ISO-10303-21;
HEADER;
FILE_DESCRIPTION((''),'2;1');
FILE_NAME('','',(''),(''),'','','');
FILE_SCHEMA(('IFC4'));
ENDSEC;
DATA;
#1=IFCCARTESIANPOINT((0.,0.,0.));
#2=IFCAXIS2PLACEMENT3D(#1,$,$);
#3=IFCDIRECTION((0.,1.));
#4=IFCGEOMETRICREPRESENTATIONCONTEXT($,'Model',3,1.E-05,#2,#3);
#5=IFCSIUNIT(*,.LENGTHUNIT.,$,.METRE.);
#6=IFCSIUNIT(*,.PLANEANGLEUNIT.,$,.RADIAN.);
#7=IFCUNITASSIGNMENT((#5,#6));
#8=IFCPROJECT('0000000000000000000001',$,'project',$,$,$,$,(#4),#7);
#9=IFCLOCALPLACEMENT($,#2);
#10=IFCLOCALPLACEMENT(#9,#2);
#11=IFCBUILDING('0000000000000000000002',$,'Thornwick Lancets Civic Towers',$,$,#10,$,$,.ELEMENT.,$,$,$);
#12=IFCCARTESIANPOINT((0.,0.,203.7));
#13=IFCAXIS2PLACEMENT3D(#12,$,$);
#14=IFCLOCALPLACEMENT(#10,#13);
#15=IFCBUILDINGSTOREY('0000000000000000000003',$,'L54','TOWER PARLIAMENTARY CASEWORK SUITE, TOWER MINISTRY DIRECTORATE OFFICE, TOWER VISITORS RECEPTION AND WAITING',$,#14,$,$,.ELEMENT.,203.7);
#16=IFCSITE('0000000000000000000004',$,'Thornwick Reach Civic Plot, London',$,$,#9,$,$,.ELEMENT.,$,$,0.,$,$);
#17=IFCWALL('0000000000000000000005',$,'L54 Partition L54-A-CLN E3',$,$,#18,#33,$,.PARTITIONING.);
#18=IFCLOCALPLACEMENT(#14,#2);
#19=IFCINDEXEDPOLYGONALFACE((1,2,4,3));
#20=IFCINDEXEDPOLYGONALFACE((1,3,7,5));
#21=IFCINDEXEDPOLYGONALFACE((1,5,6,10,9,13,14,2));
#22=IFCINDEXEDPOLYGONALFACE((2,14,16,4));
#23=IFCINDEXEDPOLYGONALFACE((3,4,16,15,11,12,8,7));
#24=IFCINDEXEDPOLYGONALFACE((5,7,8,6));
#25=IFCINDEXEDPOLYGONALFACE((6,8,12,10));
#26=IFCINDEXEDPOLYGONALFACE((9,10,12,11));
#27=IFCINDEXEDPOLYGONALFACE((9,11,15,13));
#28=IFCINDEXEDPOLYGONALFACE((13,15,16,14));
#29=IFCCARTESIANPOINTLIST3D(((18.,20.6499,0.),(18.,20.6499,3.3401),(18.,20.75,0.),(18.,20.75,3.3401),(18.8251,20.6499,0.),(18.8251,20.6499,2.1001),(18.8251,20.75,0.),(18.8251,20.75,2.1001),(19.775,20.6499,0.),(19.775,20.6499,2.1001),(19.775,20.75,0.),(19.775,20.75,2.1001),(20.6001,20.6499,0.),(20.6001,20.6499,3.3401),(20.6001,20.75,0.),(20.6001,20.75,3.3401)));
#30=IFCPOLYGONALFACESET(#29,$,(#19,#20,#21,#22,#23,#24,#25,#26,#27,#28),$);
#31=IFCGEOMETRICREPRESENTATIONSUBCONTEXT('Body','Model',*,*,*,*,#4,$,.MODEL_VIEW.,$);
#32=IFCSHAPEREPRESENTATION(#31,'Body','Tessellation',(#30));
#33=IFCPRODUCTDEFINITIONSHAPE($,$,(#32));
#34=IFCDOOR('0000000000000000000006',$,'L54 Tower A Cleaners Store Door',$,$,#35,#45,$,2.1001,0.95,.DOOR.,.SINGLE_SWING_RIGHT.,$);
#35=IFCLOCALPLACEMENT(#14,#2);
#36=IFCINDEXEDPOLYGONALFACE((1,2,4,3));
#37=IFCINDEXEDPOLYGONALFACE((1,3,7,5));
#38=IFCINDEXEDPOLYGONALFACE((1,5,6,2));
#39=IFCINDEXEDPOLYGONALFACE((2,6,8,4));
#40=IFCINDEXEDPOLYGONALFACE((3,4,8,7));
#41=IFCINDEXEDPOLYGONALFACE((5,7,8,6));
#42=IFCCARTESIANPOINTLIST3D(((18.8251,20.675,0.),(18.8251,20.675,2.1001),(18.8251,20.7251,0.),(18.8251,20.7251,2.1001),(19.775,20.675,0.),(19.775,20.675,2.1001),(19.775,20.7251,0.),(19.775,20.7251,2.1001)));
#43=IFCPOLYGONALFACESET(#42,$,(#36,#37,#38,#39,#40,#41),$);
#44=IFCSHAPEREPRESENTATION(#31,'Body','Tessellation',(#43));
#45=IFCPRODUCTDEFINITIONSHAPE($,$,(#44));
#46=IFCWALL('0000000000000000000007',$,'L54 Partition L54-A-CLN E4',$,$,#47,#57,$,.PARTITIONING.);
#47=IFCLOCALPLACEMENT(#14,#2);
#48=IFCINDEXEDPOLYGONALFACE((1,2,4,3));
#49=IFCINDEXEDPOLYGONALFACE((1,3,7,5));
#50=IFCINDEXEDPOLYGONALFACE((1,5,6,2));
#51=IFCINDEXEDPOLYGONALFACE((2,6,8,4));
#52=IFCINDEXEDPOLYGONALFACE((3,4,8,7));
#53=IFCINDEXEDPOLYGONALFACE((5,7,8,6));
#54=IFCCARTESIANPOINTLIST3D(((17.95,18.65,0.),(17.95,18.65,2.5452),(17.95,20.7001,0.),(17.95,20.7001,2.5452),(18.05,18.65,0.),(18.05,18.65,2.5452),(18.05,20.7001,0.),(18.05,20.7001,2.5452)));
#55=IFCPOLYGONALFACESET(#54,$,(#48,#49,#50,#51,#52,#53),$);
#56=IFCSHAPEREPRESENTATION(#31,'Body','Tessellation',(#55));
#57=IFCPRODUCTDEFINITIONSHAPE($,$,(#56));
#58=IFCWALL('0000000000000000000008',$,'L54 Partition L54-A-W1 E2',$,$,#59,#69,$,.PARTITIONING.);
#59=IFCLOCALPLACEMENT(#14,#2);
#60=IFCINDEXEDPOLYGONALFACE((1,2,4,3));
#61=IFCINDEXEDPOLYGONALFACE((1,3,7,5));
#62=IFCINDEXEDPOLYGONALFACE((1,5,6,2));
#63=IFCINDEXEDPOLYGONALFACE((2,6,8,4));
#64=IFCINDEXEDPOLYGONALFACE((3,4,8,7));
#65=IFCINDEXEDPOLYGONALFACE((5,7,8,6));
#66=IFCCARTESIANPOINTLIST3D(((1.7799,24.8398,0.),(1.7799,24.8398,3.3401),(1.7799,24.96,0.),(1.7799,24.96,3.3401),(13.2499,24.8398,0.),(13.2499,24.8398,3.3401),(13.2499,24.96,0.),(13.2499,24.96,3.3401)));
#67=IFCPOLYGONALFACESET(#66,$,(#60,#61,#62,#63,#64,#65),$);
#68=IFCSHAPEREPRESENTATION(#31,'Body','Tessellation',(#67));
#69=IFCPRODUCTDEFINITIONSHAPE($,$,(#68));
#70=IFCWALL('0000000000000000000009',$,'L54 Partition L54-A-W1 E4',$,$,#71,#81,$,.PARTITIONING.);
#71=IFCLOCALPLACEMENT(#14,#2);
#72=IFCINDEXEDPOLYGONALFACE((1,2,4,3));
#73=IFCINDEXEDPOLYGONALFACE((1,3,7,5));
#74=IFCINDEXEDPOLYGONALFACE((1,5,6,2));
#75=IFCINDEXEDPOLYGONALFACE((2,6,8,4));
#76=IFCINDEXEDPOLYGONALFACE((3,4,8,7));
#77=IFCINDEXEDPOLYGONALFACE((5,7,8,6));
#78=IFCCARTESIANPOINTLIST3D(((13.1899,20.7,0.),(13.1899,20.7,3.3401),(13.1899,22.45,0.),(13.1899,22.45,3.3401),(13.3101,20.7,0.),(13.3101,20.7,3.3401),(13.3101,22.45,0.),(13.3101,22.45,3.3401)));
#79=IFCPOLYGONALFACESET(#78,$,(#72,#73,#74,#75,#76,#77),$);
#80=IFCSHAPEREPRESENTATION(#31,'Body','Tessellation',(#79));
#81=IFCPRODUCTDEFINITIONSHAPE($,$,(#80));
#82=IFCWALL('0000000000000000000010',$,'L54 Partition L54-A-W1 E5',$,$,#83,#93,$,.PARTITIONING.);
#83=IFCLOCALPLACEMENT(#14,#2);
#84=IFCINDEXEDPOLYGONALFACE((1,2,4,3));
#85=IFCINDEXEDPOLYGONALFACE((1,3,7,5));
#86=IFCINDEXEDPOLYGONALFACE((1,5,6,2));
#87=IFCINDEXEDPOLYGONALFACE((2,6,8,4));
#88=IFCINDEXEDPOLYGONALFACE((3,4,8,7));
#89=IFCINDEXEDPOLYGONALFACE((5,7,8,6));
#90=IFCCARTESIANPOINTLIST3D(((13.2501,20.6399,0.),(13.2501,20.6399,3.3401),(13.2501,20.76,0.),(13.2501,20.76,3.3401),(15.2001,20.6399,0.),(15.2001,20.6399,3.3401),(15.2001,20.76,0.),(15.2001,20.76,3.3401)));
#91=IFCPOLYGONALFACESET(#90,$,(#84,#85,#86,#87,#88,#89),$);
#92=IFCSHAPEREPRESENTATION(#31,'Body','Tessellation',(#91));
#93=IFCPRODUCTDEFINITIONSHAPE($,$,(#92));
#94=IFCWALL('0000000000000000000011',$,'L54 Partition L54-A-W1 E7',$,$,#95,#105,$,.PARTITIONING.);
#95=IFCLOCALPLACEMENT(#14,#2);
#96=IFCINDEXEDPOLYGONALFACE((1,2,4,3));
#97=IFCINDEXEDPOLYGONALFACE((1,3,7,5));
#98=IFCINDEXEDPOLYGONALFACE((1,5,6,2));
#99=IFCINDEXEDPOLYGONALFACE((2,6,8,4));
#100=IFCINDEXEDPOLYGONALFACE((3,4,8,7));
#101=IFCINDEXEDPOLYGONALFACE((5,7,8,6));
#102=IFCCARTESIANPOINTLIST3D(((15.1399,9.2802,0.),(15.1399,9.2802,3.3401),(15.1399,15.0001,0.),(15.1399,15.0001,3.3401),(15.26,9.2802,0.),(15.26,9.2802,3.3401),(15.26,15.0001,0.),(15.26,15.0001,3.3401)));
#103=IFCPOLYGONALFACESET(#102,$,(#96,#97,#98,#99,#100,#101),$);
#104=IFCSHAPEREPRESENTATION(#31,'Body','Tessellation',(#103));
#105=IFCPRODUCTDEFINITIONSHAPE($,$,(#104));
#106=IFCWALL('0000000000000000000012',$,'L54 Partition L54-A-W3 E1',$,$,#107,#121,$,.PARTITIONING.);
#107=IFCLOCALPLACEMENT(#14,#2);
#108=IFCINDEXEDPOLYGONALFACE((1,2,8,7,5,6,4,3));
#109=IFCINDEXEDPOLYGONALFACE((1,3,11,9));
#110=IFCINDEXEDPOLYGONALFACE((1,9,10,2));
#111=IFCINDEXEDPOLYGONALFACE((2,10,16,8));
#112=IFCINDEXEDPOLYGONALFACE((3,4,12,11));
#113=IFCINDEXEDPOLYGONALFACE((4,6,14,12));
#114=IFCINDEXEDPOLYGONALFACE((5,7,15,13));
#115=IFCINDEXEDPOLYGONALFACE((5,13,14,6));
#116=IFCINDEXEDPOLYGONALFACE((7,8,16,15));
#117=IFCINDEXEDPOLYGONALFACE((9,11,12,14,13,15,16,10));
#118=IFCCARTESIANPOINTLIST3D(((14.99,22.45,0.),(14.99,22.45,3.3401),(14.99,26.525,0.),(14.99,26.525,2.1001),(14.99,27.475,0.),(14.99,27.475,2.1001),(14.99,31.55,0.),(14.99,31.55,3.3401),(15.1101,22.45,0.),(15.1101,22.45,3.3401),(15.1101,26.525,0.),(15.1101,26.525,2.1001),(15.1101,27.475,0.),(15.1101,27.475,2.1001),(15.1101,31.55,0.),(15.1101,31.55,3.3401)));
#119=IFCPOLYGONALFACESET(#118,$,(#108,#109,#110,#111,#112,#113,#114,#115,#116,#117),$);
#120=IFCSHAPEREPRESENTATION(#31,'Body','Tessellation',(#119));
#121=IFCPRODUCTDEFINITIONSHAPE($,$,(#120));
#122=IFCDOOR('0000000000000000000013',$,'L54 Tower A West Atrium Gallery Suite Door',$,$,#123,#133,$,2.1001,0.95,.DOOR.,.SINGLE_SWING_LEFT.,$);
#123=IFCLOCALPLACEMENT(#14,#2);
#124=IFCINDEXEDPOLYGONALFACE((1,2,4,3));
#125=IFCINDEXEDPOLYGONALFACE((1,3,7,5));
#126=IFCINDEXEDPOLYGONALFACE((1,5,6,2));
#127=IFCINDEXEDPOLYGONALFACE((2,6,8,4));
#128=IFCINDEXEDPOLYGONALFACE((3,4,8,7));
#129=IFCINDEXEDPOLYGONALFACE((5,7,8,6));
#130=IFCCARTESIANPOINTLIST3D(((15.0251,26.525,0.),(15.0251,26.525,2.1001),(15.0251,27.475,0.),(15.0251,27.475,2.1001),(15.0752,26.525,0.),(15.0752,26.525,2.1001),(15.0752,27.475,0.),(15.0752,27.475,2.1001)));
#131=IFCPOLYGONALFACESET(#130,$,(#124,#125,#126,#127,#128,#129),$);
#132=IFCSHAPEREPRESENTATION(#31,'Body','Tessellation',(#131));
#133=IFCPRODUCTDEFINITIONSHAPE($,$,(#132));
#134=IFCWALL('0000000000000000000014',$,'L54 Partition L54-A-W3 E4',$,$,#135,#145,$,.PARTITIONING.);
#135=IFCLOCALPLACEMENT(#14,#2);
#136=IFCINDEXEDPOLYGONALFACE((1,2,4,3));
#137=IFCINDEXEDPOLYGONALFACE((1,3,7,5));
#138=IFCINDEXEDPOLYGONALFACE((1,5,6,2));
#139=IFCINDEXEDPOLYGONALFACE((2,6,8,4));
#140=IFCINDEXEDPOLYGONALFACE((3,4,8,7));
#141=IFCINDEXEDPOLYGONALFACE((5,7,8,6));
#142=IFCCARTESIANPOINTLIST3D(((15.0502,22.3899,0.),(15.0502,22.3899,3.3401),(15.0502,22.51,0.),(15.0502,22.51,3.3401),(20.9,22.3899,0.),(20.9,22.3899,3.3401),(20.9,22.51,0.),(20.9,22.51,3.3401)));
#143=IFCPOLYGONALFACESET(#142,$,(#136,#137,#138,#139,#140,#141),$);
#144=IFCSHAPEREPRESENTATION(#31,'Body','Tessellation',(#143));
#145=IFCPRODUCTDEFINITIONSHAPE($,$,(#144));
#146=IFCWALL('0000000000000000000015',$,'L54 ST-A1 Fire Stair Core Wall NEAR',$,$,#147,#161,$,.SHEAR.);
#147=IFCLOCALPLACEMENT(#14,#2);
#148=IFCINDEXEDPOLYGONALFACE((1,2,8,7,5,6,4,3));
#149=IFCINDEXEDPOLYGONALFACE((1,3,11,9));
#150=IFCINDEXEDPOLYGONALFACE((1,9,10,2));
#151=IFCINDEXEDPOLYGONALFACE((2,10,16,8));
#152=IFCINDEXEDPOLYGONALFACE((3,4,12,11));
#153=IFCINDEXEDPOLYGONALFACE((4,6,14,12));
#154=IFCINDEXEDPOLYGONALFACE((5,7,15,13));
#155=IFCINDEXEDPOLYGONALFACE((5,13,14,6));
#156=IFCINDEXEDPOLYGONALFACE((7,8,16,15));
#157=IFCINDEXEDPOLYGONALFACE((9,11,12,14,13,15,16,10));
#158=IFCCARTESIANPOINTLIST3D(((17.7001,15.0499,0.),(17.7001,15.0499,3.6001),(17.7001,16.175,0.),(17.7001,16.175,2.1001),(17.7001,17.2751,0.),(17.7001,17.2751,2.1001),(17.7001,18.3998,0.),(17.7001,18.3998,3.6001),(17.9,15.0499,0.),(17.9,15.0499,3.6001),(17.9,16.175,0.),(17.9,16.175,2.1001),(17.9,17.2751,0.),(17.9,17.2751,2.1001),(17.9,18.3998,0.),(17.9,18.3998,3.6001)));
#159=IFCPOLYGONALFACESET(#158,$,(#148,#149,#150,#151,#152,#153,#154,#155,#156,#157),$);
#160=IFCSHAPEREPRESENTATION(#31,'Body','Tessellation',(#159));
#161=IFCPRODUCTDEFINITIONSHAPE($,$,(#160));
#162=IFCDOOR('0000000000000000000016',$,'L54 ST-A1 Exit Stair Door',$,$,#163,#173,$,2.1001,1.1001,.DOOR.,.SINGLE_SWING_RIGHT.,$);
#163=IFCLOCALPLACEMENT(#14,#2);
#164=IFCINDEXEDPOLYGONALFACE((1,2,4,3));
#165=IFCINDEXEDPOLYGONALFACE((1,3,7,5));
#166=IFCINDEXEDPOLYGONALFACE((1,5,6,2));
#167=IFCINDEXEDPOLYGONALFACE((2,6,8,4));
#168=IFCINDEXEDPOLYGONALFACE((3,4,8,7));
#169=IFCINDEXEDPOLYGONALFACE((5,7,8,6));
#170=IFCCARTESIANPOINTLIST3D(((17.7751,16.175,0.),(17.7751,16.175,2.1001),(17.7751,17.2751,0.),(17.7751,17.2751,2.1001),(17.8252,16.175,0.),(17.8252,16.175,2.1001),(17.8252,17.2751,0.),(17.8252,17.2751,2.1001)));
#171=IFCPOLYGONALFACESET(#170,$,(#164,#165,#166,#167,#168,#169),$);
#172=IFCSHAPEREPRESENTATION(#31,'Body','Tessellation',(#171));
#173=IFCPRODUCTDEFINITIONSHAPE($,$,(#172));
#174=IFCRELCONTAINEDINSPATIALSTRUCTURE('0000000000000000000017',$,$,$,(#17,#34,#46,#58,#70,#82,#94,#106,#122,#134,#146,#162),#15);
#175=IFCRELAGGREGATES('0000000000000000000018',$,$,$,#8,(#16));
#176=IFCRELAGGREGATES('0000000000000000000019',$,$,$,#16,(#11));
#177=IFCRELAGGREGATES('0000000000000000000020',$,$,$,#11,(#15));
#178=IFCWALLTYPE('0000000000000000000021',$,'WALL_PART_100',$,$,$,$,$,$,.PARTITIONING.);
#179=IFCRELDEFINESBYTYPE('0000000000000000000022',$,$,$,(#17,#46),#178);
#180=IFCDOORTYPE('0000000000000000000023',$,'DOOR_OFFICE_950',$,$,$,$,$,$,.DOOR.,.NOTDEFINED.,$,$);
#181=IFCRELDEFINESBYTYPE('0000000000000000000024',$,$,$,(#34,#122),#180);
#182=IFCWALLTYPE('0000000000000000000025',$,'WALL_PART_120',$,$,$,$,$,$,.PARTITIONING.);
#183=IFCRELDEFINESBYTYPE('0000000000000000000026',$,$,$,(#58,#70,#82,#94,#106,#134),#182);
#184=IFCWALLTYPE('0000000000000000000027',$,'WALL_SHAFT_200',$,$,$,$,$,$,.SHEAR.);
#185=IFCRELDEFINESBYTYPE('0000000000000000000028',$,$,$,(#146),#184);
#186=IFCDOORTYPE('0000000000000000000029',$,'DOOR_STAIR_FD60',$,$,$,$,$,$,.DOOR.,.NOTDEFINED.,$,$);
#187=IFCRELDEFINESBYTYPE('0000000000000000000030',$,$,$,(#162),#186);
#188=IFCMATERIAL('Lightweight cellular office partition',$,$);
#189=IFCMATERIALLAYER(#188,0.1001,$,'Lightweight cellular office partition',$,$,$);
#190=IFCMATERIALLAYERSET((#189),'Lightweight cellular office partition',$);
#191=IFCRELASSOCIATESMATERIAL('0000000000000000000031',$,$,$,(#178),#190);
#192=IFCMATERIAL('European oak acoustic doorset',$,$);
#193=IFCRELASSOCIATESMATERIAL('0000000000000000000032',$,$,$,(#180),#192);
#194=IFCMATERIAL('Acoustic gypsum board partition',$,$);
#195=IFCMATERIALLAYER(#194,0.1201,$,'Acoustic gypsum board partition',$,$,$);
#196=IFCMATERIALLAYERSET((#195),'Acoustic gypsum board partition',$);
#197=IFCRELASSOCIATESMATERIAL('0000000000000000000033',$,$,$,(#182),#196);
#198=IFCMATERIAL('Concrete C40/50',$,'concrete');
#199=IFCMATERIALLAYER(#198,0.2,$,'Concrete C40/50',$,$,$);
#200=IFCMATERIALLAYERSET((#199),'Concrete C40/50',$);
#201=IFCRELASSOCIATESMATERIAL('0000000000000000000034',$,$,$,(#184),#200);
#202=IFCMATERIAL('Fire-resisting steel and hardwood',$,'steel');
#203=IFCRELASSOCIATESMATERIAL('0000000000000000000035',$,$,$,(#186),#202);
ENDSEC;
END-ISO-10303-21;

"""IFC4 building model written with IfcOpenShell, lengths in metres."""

from ifc_helpers import new_model, si_unit, direction, frame, frame_2d, origin, place, context, subcontext, project, spatial, rectangle, extrude, material, layer, layer_set, type_object, element, fill, save


model = new_model("IFC4")

# Units and contexts
model_context = context("Model", 3, precision=1e-05, world=origin(), true_north=direction((0.0, 1.0)))
body_context = subcontext(model_context, "Body", "Model", "MODEL_VIEW")
ifc_project = project(units=[si_unit("LENGTHUNIT", "METRE"), si_unit("PLANEANGLEUNIT", "RADIAN")], contexts=[model_context])

# Site, building, storey
site_placement = place(None, origin())
site = spatial("IfcSite", under=ifc_project, at=site_placement, Name="Thornwick Reach Civic Plot, London", CompositionType="ELEMENT", RefElevation=0.0)
building_placement = place(site_placement, origin())
building = spatial("IfcBuilding", under=site, at=building_placement, Name="Thornwick Lancets Civic Towers", CompositionType="ELEMENT")
storey_placement = place(building_placement, frame((0.0, 0.0, 203.7)))
storey = spatial("IfcBuildingStorey", under=building, at=storey_placement, Name="L54", Description="TOWER PARLIAMENTARY CASEWORK SUITE, TOWER MINISTRY DIRECTORATE OFFICE, TOWER VISITORS RECEPTION AND WAITING", CompositionType="ELEMENT", Elevation=203.7)

# Shared definitions
ifc_material_1 = material(Name="Lightweight cellular office partition")
ifc_layer_1 = layer(ifc_material_1, 0.1001, Name="Lightweight cellular office partition")
ifc_layer_set_1 = layer_set([ifc_layer_1], Name="Lightweight cellular office partition")
wall_type_1 = type_object("IfcWallType", Name="WALL_PART_100", PredefinedType="PARTITIONING", material=ifc_layer_set_1)

# Wall, opening, door
wall_1_placement = place(storey_placement, frame((20.6001, 20.7, 0.0), z_axis=(0.0, 0.0, 1.0), x_axis=(-1.0, 0.0, 0.0)))
wall_1 = element("IfcWall", 1, at=wall_1_placement, inside=storey, type_object=wall_type_1, Name="L54 Partition L54-A-CLN E3", PredefinedType="PARTITIONING", context=body_context, shape_type="SweptSolid", body=[
    extrude(rectangle(XDim=2.6001, YDim=0.1001, at=frame_2d((1.3, 0.0))), origin(), (0.0, 0.0, 1.0), 3.3401),
])
opening_1_placement = place(wall_1_placement, frame((0.825, 0.0, 0.0)))
opening_1 = element("IfcOpeningElement", 2, at=opening_1_placement, cuts=wall_1, PredefinedType="OPENING", context=body_context, shape_type="SweptSolid", body=[
    extrude(rectangle(XDim=0.95, YDim=2.1001, at=frame_2d((0.4751, 1.05))), frame((0.0, 0.0601, 0.0), z_axis=(0.0, -1.0, 0.0), x_axis=(1.0, 0.0, 0.0)), (0.0, 0.0, 1.0), 0.1201),
])
ifc_material_2 = material(Name="European oak acoustic doorset")
door_type_1 = type_object("IfcDoorType", Name="DOOR_OFFICE_950", OperationType="NOTDEFINED", PredefinedType="DOOR", material=ifc_material_2)
door_1_placement = place(opening_1_placement, origin())
door_1 = element("IfcDoor", 3, at=door_1_placement, inside=storey, type_object=door_type_1, Name="L54 Tower A Cleaners Store Door", OperationType="SINGLE_SWING_RIGHT", OverallHeight=2.1001, OverallWidth=0.95, PredefinedType="DOOR", context=body_context, shape_type="SweptSolid", body=[
    extrude(rectangle(XDim=0.95, YDim=2.1001, at=frame_2d((0.4751, 1.05))), frame((0.0, 0.0249, 0.0), z_axis=(0.0, -1.0, 0.0), x_axis=(1.0, 0.0, 0.0)), (0.0, 0.0, 1.0), 0.05),
])
fill(opening_1, door_1)

# Walls
wall_2_placement = place(storey_placement, frame((18.0, 20.7, 0.0), z_axis=(0.0, 0.0, 1.0), x_axis=(0.0, -1.0, 0.0)))
element("IfcWall", 4, at=wall_2_placement, inside=storey, type_object=wall_type_1, Name="L54 Partition L54-A-CLN E4", PredefinedType="PARTITIONING", context=body_context, shape_type="SweptSolid", body=[
    extrude(rectangle(XDim=2.05, YDim=0.1001, at=frame_2d((1.0249, 0.0))), origin(), (0.0, 0.0, 1.0), 2.5452),
])
ifc_material_3 = material(Name="Acoustic gypsum board partition")
ifc_layer_2 = layer(ifc_material_3, 0.1201, Name="Acoustic gypsum board partition")
ifc_layer_set_2 = layer_set([ifc_layer_2], Name="Acoustic gypsum board partition")
wall_type_2 = type_object("IfcWallType", Name="WALL_PART_120", PredefinedType="PARTITIONING", material=ifc_layer_set_2)
wall_3_placement = place(storey_placement, frame((1.78, 24.8999, 0.0), z_axis=(0.0, 0.0, 1.0), x_axis=(1.0, 0.0, 0.0)))
element("IfcWall", 5, at=wall_3_placement, inside=storey, type_object=wall_type_2, Name="L54 Partition L54-A-W1 E2", PredefinedType="PARTITIONING", context=body_context, shape_type="SweptSolid", body=[
    extrude(rectangle(XDim=11.47, YDim=0.1201, at=frame_2d((5.7349, 0.0))), origin(), (0.0, 0.0, 1.0), 3.3401),
])
wall_4_placement = place(storey_placement, frame((13.25, 22.45, 0.0), z_axis=(0.0, 0.0, 1.0), x_axis=(0.0, -1.0, 0.0)))
element("IfcWall", 6, at=wall_4_placement, inside=storey, type_object=wall_type_2, Name="L54 Partition L54-A-W1 E4", PredefinedType="PARTITIONING", context=body_context, shape_type="SweptSolid", body=[
    extrude(rectangle(XDim=1.75, YDim=0.1201, at=frame_2d((0.875, 0.0))), origin(), (0.0, 0.0, 1.0), 3.3401),
])
wall_5_placement = place(storey_placement, frame((13.25, 20.7, 0.0), z_axis=(0.0, 0.0, 1.0), x_axis=(1.0, 0.0, 0.0)))
element("IfcWall", 7, at=wall_5_placement, inside=storey, type_object=wall_type_2, Name="L54 Partition L54-A-W1 E5", PredefinedType="PARTITIONING", context=body_context, shape_type="SweptSolid", body=[
    extrude(rectangle(XDim=1.95, YDim=0.1201, at=frame_2d((0.9751, 0.0))), origin(), (0.0, 0.0, 1.0), 3.3401),
])
wall_6_placement = place(storey_placement, frame((15.2, 15.0, 0.0), z_axis=(0.0, 0.0, 1.0), x_axis=(0.0, -1.0, 0.0)))
element("IfcWall", 8, at=wall_6_placement, inside=storey, type_object=wall_type_2, Name="L54 Partition L54-A-W1 E7", PredefinedType="PARTITIONING", context=body_context, shape_type="SweptSolid", body=[
    extrude(rectangle(XDim=5.72, YDim=0.1201, at=frame_2d((2.8599, 0.0))), origin(), (0.0, 0.0, 1.0), 3.3401),
])

# Wall, opening, door
wall_7_placement = place(storey_placement, frame((15.05, 22.45, 0.0), z_axis=(0.0, 0.0, 1.0), x_axis=(0.0, 1.0, 0.0)))
wall_7 = element("IfcWall", 9, at=wall_7_placement, inside=storey, type_object=wall_type_2, Name="L54 Partition L54-A-W3 E1", PredefinedType="PARTITIONING", context=body_context, shape_type="SweptSolid", body=[
    extrude(rectangle(XDim=9.1001, YDim=0.1201, at=frame_2d((4.55, 0.0))), origin(), (0.0, 0.0, 1.0), 3.3401),
])
opening_2_placement = place(wall_7_placement, frame((4.075, 0.0, 0.0)))
opening_2 = element("IfcOpeningElement", 10, at=opening_2_placement, cuts=wall_7, PredefinedType="OPENING", context=body_context, shape_type="SweptSolid", body=[
    extrude(rectangle(XDim=0.95, YDim=2.1001, at=frame_2d((0.4751, 1.05))), frame((0.0, 0.0701, 0.0), z_axis=(0.0, -1.0, 0.0), x_axis=(1.0, 0.0, 0.0)), (0.0, 0.0, 1.0), 0.1401),
])
door_2_placement = place(opening_2_placement, origin())
door_2 = element("IfcDoor", 11, at=door_2_placement, inside=storey, type_object=door_type_1, Name="L54 Tower A West Atrium Gallery Suite Door", OperationType="SINGLE_SWING_LEFT", OverallHeight=2.1001, OverallWidth=0.95, PredefinedType="DOOR", context=body_context, shape_type="SweptSolid", body=[
    extrude(rectangle(XDim=0.95, YDim=2.1001, at=frame_2d((0.4751, 1.05))), frame((0.0, 0.0249, 0.0), z_axis=(0.0, -1.0, 0.0), x_axis=(1.0, 0.0, 0.0)), (0.0, 0.0, 1.0), 0.05),
])
fill(opening_2, door_2)

# Wall
wall_8_placement = place(storey_placement, frame((20.8999, 22.45, 0.0), z_axis=(0.0, 0.0, 1.0), x_axis=(-1.0, 0.0, 0.0)))
element("IfcWall", 12, at=wall_8_placement, inside=storey, type_object=wall_type_2, Name="L54 Partition L54-A-W3 E4", PredefinedType="PARTITIONING", context=body_context, shape_type="SweptSolid", body=[
    extrude(rectangle(XDim=5.8499, YDim=0.1201, at=frame_2d((2.9248, 0.0))), origin(), (0.0, 0.0, 1.0), 3.3401),
])

# Wall, opening, door
ifc_material_4 = material(Name="Concrete C40/50", Category="concrete")
ifc_layer_3 = layer(ifc_material_4, 0.2, Name="Concrete C40/50")
ifc_layer_set_3 = layer_set([ifc_layer_3], Name="Concrete C40/50")
wall_type_3 = type_object("IfcWallType", Name="WALL_SHAFT_200", PredefinedType="SHEAR", material=ifc_layer_set_3)
wall_9_placement = place(storey_placement, frame((17.8, 15.05, 0.0), z_axis=(0.0, 0.0, 1.0), x_axis=(0.0, 1.0, 0.0)))
wall_9 = element("IfcWall", 13, at=wall_9_placement, inside=storey, type_object=wall_type_3, Name="L54 ST-A1 Fire Stair Core Wall NEAR", PredefinedType="SHEAR", context=body_context, shape_type="SweptSolid", body=[
    extrude(rectangle(XDim=3.3499, YDim=0.2, at=frame_2d((1.6748, 0.0))), origin(), (0.0, 0.0, 1.0), 3.6001),
])
opening_3_placement = place(wall_9_placement, frame((1.125, 0.0, 0.0)))
opening_3 = element("IfcOpeningElement", 14, at=opening_3_placement, cuts=wall_9, PredefinedType="OPENING", context=body_context, shape_type="SweptSolid", body=[
    extrude(rectangle(XDim=1.1001, YDim=2.1001, at=frame_2d((0.55, 1.05))), frame((0.0, 0.1099, 0.0), z_axis=(0.0, -1.0, 0.0), x_axis=(1.0, 0.0, 0.0)), (0.0, 0.0, 1.0), 0.22),
])
ifc_material_5 = material(Name="Fire-resisting steel and hardwood", Category="steel")
door_type_2 = type_object("IfcDoorType", Name="DOOR_STAIR_FD60", OperationType="NOTDEFINED", PredefinedType="DOOR", material=ifc_material_5)
door_3_placement = place(opening_3_placement, origin())
door_3 = element("IfcDoor", 15, at=door_3_placement, inside=storey, type_object=door_type_2, Name="L54 ST-A1 Exit Stair Door", OperationType="SINGLE_SWING_RIGHT", OverallHeight=2.1001, OverallWidth=1.1001, PredefinedType="DOOR", context=body_context, shape_type="SweptSolid", body=[
    extrude(rectangle(XDim=1.1001, YDim=2.1001, at=frame_2d((0.55, 1.05))), frame((0.0, 0.0249, 0.0), z_axis=(0.0, -1.0, 0.0), x_axis=(1.0, 0.0, 0.0)), (0.0, 0.0, 1.0), 0.05),
])
fill(opening_3, door_3)

save(model, "model.ifc")
